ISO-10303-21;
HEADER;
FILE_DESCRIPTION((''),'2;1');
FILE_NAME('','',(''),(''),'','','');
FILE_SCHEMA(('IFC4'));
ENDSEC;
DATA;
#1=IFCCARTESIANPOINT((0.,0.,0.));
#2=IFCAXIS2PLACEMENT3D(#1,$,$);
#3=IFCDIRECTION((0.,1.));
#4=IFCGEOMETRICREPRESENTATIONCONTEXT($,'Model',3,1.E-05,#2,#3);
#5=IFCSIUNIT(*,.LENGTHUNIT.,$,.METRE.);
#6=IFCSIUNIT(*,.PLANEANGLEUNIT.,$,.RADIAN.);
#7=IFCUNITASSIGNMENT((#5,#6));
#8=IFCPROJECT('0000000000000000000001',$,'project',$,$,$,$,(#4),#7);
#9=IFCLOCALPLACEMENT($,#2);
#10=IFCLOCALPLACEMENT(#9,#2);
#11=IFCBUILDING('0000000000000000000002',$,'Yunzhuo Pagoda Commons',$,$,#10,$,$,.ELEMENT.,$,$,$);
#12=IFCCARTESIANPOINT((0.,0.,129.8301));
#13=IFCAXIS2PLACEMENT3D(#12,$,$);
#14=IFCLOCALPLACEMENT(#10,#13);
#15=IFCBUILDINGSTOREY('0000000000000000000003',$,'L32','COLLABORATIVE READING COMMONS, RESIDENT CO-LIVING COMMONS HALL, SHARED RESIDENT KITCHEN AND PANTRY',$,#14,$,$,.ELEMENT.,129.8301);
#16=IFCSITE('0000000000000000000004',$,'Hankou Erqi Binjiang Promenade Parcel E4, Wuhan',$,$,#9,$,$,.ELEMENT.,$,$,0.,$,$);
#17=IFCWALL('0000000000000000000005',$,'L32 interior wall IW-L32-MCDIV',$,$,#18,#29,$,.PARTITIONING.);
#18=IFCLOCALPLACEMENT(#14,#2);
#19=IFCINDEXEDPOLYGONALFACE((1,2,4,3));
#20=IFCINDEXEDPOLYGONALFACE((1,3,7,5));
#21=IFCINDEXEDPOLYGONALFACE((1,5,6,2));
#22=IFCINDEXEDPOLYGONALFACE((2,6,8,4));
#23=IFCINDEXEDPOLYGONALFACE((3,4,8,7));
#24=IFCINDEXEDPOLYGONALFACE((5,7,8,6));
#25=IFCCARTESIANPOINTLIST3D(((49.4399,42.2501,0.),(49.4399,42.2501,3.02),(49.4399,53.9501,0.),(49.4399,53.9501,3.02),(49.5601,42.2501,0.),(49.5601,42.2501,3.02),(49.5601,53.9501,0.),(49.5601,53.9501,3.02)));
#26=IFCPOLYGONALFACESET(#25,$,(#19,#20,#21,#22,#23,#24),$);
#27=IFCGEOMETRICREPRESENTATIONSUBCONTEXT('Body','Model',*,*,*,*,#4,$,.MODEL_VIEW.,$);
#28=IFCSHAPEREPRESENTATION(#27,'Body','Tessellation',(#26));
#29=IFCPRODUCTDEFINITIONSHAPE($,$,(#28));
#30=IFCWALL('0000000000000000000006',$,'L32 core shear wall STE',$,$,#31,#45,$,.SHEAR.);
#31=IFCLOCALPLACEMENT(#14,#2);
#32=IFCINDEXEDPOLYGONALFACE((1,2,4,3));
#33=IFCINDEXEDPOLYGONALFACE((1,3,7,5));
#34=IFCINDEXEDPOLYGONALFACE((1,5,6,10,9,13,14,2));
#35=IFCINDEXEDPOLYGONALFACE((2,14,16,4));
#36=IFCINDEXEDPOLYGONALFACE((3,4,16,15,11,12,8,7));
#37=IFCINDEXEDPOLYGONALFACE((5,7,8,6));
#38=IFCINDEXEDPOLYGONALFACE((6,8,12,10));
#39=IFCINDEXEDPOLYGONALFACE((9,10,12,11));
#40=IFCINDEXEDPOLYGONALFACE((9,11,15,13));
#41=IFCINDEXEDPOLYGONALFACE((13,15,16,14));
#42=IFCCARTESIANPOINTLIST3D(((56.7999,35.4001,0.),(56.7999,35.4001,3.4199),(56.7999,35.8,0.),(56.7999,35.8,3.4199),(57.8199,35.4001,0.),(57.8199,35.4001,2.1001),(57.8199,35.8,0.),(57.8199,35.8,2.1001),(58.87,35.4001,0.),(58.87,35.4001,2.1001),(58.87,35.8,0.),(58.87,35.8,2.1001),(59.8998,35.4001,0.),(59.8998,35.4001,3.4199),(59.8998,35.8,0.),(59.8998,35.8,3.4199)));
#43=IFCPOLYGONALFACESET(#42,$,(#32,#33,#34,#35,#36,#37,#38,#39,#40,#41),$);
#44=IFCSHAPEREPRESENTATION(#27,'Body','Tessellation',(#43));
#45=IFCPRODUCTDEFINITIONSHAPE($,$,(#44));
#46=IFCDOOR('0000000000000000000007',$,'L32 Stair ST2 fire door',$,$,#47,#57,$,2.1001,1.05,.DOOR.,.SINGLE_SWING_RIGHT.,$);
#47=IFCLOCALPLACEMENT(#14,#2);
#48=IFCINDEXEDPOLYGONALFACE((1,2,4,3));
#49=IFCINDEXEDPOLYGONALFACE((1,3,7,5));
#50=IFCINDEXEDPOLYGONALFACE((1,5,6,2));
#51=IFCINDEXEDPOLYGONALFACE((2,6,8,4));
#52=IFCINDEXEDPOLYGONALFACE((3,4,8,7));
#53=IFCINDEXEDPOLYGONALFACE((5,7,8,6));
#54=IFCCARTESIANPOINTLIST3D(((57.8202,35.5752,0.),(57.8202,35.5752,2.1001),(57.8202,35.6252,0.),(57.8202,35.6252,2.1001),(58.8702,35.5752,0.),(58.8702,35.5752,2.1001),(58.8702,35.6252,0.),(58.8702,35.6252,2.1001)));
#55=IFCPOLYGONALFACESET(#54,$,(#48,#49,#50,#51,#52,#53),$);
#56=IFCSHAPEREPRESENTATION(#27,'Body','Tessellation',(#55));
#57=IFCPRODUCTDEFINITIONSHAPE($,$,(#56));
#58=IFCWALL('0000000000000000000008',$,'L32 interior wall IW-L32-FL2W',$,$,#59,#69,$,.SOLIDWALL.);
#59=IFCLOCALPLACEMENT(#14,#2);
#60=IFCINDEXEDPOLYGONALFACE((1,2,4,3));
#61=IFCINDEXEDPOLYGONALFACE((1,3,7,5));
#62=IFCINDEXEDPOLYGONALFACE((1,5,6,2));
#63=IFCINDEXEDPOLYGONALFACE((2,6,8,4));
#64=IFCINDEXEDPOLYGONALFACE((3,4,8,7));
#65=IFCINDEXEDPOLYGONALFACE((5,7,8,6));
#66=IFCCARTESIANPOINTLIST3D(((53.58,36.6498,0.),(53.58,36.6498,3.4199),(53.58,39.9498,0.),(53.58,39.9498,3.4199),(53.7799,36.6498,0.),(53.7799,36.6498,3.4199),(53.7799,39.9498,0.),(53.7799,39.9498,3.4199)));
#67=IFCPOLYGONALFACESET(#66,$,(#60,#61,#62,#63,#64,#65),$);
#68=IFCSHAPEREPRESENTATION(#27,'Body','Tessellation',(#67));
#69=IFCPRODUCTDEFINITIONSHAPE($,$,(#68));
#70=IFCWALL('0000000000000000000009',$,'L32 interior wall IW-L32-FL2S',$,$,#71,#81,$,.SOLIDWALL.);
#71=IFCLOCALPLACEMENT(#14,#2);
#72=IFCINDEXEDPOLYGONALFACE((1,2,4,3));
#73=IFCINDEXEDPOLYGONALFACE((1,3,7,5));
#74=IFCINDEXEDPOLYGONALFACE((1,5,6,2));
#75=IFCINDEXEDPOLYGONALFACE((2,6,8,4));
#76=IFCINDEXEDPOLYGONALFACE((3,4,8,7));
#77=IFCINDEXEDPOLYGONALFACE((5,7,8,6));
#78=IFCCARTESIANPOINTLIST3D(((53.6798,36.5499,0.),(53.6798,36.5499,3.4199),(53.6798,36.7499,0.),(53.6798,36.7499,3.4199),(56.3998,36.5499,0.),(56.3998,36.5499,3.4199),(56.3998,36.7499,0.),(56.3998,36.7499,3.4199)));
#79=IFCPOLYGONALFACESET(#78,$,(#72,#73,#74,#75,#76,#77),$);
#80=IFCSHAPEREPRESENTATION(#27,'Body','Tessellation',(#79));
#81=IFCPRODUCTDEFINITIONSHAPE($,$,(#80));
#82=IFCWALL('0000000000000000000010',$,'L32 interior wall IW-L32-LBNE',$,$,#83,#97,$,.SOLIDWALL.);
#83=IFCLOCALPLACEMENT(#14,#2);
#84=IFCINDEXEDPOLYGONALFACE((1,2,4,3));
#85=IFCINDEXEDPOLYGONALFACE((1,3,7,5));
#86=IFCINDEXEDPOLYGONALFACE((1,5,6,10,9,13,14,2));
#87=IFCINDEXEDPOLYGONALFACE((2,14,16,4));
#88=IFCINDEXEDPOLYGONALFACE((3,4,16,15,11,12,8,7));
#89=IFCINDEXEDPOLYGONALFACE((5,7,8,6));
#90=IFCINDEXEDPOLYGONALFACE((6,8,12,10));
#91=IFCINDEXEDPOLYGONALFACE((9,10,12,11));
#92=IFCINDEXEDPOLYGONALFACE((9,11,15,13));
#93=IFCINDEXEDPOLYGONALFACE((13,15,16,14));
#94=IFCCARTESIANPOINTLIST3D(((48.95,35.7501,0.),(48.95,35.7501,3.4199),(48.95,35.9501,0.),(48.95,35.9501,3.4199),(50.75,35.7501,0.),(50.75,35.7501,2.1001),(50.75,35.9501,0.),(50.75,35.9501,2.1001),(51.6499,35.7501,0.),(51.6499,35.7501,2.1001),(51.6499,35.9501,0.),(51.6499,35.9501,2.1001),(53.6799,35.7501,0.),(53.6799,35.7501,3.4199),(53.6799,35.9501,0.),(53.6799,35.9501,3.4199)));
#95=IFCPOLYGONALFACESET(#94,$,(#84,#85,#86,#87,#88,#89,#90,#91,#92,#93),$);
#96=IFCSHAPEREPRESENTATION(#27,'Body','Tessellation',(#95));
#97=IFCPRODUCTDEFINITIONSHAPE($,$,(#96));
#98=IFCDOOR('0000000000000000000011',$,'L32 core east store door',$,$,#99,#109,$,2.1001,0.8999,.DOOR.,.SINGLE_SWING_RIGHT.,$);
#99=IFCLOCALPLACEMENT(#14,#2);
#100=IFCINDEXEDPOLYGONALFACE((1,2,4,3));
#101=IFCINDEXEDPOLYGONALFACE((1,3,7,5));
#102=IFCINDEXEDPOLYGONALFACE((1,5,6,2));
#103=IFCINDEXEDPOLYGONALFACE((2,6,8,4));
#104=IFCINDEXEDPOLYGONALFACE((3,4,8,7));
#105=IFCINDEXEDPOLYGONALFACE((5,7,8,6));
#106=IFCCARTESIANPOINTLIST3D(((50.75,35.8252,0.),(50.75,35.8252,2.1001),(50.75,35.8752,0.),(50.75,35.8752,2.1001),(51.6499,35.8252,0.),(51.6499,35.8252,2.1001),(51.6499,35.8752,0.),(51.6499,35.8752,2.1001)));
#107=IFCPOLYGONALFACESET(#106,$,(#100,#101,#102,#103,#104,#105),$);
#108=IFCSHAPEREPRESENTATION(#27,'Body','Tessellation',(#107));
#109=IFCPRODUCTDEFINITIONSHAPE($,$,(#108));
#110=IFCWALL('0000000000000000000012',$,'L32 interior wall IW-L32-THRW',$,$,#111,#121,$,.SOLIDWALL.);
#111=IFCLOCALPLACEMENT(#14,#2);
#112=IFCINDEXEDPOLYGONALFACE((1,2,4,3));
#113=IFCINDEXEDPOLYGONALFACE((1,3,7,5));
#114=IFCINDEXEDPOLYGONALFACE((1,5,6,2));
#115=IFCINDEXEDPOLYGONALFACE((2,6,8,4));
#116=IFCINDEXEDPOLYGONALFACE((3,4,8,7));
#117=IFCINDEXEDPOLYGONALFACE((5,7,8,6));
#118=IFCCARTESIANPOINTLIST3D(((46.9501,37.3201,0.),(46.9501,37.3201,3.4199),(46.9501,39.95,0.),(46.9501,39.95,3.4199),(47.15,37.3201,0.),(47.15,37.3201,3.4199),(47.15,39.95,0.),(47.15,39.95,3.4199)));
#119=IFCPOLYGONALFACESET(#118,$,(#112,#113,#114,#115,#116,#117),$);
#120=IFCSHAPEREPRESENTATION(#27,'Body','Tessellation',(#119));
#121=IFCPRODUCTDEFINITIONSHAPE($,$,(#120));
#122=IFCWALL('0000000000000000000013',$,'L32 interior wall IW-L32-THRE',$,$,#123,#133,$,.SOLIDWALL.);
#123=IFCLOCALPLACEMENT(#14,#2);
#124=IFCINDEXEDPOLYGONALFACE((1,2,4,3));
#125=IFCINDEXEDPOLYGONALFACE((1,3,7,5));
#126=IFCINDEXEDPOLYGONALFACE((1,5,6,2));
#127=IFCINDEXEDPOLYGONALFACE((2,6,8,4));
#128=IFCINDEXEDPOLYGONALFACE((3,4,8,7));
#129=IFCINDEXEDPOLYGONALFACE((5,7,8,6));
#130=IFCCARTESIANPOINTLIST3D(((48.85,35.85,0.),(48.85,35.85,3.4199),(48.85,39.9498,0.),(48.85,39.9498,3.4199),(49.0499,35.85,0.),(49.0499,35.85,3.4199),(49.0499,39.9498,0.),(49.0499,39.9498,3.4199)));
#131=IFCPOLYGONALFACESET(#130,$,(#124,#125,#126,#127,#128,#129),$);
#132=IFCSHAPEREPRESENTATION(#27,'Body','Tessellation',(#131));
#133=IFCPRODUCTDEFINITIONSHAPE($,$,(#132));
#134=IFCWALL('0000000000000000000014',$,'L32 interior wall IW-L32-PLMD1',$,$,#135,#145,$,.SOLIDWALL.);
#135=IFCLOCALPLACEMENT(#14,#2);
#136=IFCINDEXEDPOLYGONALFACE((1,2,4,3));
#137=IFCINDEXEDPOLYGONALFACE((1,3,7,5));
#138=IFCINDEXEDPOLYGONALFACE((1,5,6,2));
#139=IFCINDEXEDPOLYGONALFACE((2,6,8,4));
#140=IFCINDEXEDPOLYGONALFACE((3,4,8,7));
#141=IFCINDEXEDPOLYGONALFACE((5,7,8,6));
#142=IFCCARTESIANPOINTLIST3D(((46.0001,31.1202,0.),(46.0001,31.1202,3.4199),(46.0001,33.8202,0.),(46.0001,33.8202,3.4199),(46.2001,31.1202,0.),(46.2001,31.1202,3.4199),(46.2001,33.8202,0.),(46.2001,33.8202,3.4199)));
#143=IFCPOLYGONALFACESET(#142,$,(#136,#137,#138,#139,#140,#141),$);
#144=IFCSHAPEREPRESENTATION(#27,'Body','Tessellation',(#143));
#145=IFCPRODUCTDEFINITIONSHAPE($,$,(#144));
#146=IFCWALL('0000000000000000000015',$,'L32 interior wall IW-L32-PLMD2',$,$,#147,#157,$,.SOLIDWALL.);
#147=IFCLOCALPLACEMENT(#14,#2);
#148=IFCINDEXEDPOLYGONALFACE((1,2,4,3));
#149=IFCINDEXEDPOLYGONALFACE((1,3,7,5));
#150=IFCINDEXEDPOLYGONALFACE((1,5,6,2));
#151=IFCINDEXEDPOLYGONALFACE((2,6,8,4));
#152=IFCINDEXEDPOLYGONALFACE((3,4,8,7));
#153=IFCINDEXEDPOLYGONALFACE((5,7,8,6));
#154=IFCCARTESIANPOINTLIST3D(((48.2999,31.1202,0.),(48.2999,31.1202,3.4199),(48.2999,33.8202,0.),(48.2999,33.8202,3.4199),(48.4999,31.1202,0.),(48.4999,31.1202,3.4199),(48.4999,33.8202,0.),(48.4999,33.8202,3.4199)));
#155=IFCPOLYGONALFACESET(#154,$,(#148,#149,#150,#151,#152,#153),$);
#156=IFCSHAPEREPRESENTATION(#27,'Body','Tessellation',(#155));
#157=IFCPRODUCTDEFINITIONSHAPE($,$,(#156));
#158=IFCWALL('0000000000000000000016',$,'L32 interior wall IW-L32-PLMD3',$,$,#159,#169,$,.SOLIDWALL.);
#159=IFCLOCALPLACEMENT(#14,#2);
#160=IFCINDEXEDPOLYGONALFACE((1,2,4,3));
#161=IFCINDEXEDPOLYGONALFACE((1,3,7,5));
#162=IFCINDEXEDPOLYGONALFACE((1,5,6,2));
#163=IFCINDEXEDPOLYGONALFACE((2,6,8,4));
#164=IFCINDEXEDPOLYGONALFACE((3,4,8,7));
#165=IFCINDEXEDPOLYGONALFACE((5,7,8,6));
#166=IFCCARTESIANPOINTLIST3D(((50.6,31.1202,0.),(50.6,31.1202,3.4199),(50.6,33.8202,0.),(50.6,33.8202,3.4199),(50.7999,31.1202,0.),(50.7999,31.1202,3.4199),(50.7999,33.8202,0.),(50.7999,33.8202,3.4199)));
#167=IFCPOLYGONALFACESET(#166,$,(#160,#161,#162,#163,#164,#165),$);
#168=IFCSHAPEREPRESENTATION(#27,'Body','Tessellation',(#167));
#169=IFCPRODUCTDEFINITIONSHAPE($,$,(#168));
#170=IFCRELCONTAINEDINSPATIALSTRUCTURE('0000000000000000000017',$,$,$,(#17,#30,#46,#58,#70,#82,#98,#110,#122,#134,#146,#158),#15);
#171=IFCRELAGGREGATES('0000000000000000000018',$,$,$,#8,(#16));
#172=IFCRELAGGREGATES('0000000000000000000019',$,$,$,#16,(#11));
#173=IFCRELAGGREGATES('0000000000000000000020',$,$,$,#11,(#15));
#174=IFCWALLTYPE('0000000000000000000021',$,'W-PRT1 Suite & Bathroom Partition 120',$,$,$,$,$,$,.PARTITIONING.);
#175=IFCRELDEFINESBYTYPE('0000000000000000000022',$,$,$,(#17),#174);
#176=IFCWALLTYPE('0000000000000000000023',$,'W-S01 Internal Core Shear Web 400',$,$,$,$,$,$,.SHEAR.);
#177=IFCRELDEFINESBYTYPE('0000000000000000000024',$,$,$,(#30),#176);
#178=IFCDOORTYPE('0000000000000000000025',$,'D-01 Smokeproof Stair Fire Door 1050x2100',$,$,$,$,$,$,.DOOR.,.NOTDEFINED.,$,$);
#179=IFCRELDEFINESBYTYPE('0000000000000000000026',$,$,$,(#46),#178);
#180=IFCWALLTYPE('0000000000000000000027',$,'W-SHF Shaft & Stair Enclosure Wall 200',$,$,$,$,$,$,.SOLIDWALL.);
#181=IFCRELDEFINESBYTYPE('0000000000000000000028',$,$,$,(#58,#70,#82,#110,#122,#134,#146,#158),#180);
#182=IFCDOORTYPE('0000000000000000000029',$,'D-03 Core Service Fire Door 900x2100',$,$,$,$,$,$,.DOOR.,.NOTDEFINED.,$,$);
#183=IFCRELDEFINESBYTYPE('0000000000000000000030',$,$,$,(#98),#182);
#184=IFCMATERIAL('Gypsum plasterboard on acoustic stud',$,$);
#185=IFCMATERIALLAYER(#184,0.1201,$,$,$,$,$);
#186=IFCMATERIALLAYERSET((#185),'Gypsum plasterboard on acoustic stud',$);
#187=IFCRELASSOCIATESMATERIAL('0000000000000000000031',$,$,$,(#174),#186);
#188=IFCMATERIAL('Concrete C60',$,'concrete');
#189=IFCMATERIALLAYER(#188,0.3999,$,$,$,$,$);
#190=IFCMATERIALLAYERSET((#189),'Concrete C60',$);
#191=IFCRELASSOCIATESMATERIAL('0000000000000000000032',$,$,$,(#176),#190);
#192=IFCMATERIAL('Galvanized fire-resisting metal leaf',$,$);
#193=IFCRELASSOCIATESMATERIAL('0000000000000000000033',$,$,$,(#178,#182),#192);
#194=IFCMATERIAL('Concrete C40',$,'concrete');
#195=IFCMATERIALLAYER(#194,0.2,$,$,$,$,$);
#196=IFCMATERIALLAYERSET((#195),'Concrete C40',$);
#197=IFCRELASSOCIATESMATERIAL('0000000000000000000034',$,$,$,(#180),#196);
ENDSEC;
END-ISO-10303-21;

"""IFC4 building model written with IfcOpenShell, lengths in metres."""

from ifc_helpers import new_model, si_unit, direction, frame, frame_2d, origin, place, context, subcontext, project, spatial, rectangle, extrude, source, transform, mapped, material, layer, layer_set, type_object, element, fill, save


model = new_model("IFC4")

# Units and contexts
model_context = context("Model", 3, precision=1e-05, world=origin(), true_north=direction((0.0, 1.0)))
body_context = subcontext(model_context, "Body", "Model", "MODEL_VIEW")
ifc_project = project(units=[si_unit("LENGTHUNIT", "METRE"), si_unit("PLANEANGLEUNIT", "RADIAN")], contexts=[model_context])

# Site, building, storey
site_placement = place(None, origin())
site = spatial("IfcSite", under=ifc_project, at=site_placement, Name="Hankou Erqi Binjiang Promenade Parcel E4, Wuhan", CompositionType="ELEMENT", RefElevation=0.0)
building_placement = place(site_placement, origin())
building = spatial("IfcBuilding", under=site, at=building_placement, Name="Yunzhuo Pagoda Commons", CompositionType="ELEMENT")
storey_placement = place(building_placement, frame((0.0, 0.0, 129.8301)))
storey = spatial("IfcBuildingStorey", under=building, at=storey_placement, Name="L32", Description="COLLABORATIVE READING COMMONS, RESIDENT CO-LIVING COMMONS HALL, SHARED RESIDENT KITCHEN AND PANTRY", CompositionType="ELEMENT", Elevation=129.8301)

# Shared definitions
ifc_material_1 = material(Name="Concrete C60", Category="concrete")
ifc_material_2 = material(Name="Galvanized fire-resisting metal leaf")
shared_shape_1 = source(origin(), body_context, "Body", "SweptSolid", [
    extrude(rectangle(XDim=1.05, YDim=2.1001, at=frame_2d((0.5249, 1.05))), frame((0.0, 0.0249, 0.0), z_axis=(0.0, -1.0, 0.0), x_axis=(1.0, 0.0, 0.0)), (0.0, 0.0, 1.0), 0.05),
])

# Wall
ifc_material_3 = material(Name="Gypsum plasterboard on acoustic stud")
ifc_layer_1 = layer(ifc_material_3, 0.1201)
ifc_layer_set_1 = layer_set([ifc_layer_1], Name="Gypsum plasterboard on acoustic stud")
wall_type_1 = type_object("IfcWallType", Name="W-PRT1 Suite & Bathroom Partition 120", PredefinedType="PARTITIONING", material=ifc_layer_set_1)
wall_1_placement = place(storey_placement, frame((49.5, 42.25, 0.0), z_axis=(0.0, 0.0, 1.0), x_axis=(0.0, 1.0, 0.0)))
element("IfcWall", 1, at=wall_1_placement, inside=storey, type_object=wall_type_1, Name="L32 interior wall IW-L32-MCDIV", PredefinedType="PARTITIONING", context=body_context, shape_type="SweptSolid", body=[
    extrude(rectangle(XDim=11.7, YDim=0.1201, at=frame_2d((5.8501, 0.0))), origin(), (0.0, 0.0, 1.0), 3.02),
])

# Wall, opening, door
ifc_layer_2 = layer(ifc_material_1, 0.3999)
ifc_layer_set_2 = layer_set([ifc_layer_2], Name="Concrete C60")
wall_type_2 = type_object("IfcWallType", Name="W-S01 Internal Core Shear Web 400", PredefinedType="SHEAR", material=ifc_layer_set_2)
wall_2_placement = place(storey_placement, frame((56.8, 35.6001, 0.0), z_axis=(0.0, 0.0, 1.0), x_axis=(1.0, 0.0, 0.0)))
wall_2 = element("IfcWall", 2, at=wall_2_placement, inside=storey, type_object=wall_type_2, Name="L32 core shear wall STE", PredefinedType="SHEAR", context=body_context, shape_type="SweptSolid", body=[
    extrude(rectangle(XDim=3.0999, YDim=0.3999, at=frame_2d((1.5498, 0.0))), origin(), (0.0, 0.0, 1.0), 3.4199),
])
opening_1_placement = place(wall_2_placement, frame((1.02, 0.0, 0.0)))
opening_1 = element("IfcOpeningElement", 3, at=opening_1_placement, cuts=wall_2, PredefinedType="OPENING", context=body_context, shape_type="SweptSolid", body=[
    extrude(rectangle(XDim=1.05, YDim=2.1001, at=frame_2d((0.5249, 1.05))), frame((0.0, 0.21, 0.0), z_axis=(0.0, -1.0, 0.0), x_axis=(1.0, 0.0, 0.0)), (0.0, 0.0, 1.0), 0.4199),
])
door_type_1 = type_object("IfcDoorType", Name="D-01 Smokeproof Stair Fire Door 1050x2100", OperationType="NOTDEFINED", PredefinedType="DOOR", material=ifc_material_2)
door_1_placement = place(opening_1_placement, frame((1.05, 0.0, 0.0), z_axis=(0.0, 0.0, 1.0), x_axis=(-1.0, 0.0, 0.0)))
door_1 = element("IfcDoor", 4, at=door_1_placement, inside=storey, type_object=door_type_1, Name="L32 Stair ST2 fire door", OperationType="SINGLE_SWING_RIGHT", OverallHeight=2.1001, OverallWidth=1.05, PredefinedType="DOOR", context=body_context, shape_type="MappedRepresentation", body=[
    mapped(shared_shape_1, transform((0.0, 0.0, 0.0), scale=1.0)),
])
fill(opening_1, door_1)

# Walls
ifc_material_4 = material(Name="Concrete C40", Category="concrete")
ifc_layer_3 = layer(ifc_material_4, 0.2)
ifc_layer_set_3 = layer_set([ifc_layer_3], Name="Concrete C40")
wall_type_3 = type_object("IfcWallType", Name="W-SHF Shaft & Stair Enclosure Wall 200", PredefinedType="SOLIDWALL", material=ifc_layer_set_3)
wall_3_placement = place(storey_placement, frame((53.6799, 36.6499, 0.0), z_axis=(0.0, 0.0, 1.0), x_axis=(0.0, 1.0, 0.0)))
element("IfcWall", 5, at=wall_3_placement, inside=storey, type_object=wall_type_3, Name="L32 interior wall IW-L32-FL2W", PredefinedType="SOLIDWALL", context=body_context, shape_type="SweptSolid", body=[
    extrude(rectangle(XDim=3.3, YDim=0.2, at=frame_2d((1.6499, 0.0))), origin(), (0.0, 0.0, 1.0), 3.4199),
])
wall_4_placement = place(storey_placement, frame((53.6799, 36.6499, 0.0), z_axis=(0.0, 0.0, 1.0), x_axis=(1.0, 0.0, 0.0)))
element("IfcWall", 6, at=wall_4_placement, inside=storey, type_object=wall_type_3, Name="L32 interior wall IW-L32-FL2S", PredefinedType="SOLIDWALL", context=body_context, shape_type="SweptSolid", body=[
    extrude(rectangle(XDim=2.72, YDim=0.2, at=frame_2d((1.3599, 0.0))), origin(), (0.0, 0.0, 1.0), 3.4199),
])

# Wall, opening, door
wall_5_placement = place(storey_placement, frame((48.95, 35.8501, 0.0), z_axis=(0.0, 0.0, 1.0), x_axis=(1.0, 0.0, 0.0)))
wall_5 = element("IfcWall", 7, at=wall_5_placement, inside=storey, type_object=wall_type_3, Name="L32 interior wall IW-L32-LBNE", PredefinedType="SOLIDWALL", context=body_context, shape_type="SweptSolid", body=[
    extrude(rectangle(XDim=4.73, YDim=0.2, at=frame_2d((2.365, 0.0))), origin(), (0.0, 0.0, 1.0), 3.4199),
])
opening_2_placement = place(wall_5_placement, frame((1.8, 0.0, 0.0)))
opening_2 = element("IfcOpeningElement", 8, at=opening_2_placement, cuts=wall_5, PredefinedType="OPENING", context=body_context, shape_type="SweptSolid", body=[
    extrude(rectangle(XDim=0.8999, YDim=2.1001, at=frame_2d((0.45, 1.05))), frame((0.0, 0.1099, 0.0), z_axis=(0.0, -1.0, 0.0), x_axis=(1.0, 0.0, 0.0)), (0.0, 0.0, 1.0), 0.22),
])
door_type_2 = type_object("IfcDoorType", Name="D-03 Core Service Fire Door 900x2100", OperationType="NOTDEFINED", PredefinedType="DOOR", material=ifc_material_2)
shared_shape_2 = source(origin(), body_context, "Body", "SweptSolid", [
    extrude(rectangle(XDim=0.8999, YDim=2.1001, at=frame_2d((0.45, 1.05))), frame((0.0, 0.0249, 0.0), z_axis=(0.0, -1.0, 0.0), x_axis=(1.0, 0.0, 0.0)), (0.0, 0.0, 1.0), 0.05),
])
door_2_placement = place(opening_2_placement, frame((0.8999, 0.0, 0.0), z_axis=(0.0, 0.0, 1.0), x_axis=(-1.0, 0.0, 0.0)))
door_2 = element("IfcDoor", 9, at=door_2_placement, inside=storey, type_object=door_type_2, Name="L32 core east store door", OperationType="SINGLE_SWING_RIGHT", OverallHeight=2.1001, OverallWidth=0.8999, PredefinedType="DOOR", context=body_context, shape_type="MappedRepresentation", body=[
    mapped(shared_shape_2, transform((0.0, 0.0, 0.0), scale=1.0)),
])
fill(opening_2, door_2)

# Walls
wall_6_placement = place(storey_placement, frame((47.05, 37.3201, 0.0), z_axis=(0.0, 0.0, 1.0), x_axis=(0.0, 1.0, 0.0)))
element("IfcWall", 10, at=wall_6_placement, inside=storey, type_object=wall_type_3, Name="L32 interior wall IW-L32-THRW", PredefinedType="SOLIDWALL", context=body_context, shape_type="SweptSolid", body=[
    extrude(rectangle(XDim=2.6299, YDim=0.2, at=frame_2d((1.3149, 0.0))), origin(), (0.0, 0.0, 1.0), 3.4199),
])
wall_7_placement = place(storey_placement, frame((48.95, 35.8501, 0.0), z_axis=(0.0, 0.0, 1.0), x_axis=(0.0, 1.0, 0.0)))
element("IfcWall", 11, at=wall_7_placement, inside=storey, type_object=wall_type_3, Name="L32 interior wall IW-L32-THRE", PredefinedType="SOLIDWALL", context=body_context, shape_type="SweptSolid", body=[
    extrude(rectangle(XDim=4.0999, YDim=0.2, at=frame_2d((2.0498, 0.0))), origin(), (0.0, 0.0, 1.0), 3.4199),
])
for number, where, z_axis, x_axis, name in (
    (12, (46.1001, 31.1201, 0.0), (0.0, 0.0, 1.0), (0.0, 1.0, 0.0), "L32 interior wall IW-L32-PLMD1"),
    (13, (48.3999, 31.1201, 0.0), (0.0, 0.0, 1.0), (0.0, 1.0, 0.0), "L32 interior wall IW-L32-PLMD2"),
    (14, (50.7, 31.1201, 0.0), (0.0, 0.0, 1.0), (0.0, 1.0, 0.0), "L32 interior wall IW-L32-PLMD3"),
):
    element("IfcWall", number, at=place(storey_placement, frame(where, z_axis=z_axis, x_axis=x_axis)), inside=storey, type_object=wall_type_3, Name=name, PredefinedType="SOLIDWALL", context=body_context, shape_type="SweptSolid", body=[
        extrude(rectangle(XDim=2.7, YDim=0.2, at=frame_2d((1.3501, 0.0))), origin(), (0.0, 0.0, 1.0), 3.4199),
    ])

save(model, "model.ifc")
